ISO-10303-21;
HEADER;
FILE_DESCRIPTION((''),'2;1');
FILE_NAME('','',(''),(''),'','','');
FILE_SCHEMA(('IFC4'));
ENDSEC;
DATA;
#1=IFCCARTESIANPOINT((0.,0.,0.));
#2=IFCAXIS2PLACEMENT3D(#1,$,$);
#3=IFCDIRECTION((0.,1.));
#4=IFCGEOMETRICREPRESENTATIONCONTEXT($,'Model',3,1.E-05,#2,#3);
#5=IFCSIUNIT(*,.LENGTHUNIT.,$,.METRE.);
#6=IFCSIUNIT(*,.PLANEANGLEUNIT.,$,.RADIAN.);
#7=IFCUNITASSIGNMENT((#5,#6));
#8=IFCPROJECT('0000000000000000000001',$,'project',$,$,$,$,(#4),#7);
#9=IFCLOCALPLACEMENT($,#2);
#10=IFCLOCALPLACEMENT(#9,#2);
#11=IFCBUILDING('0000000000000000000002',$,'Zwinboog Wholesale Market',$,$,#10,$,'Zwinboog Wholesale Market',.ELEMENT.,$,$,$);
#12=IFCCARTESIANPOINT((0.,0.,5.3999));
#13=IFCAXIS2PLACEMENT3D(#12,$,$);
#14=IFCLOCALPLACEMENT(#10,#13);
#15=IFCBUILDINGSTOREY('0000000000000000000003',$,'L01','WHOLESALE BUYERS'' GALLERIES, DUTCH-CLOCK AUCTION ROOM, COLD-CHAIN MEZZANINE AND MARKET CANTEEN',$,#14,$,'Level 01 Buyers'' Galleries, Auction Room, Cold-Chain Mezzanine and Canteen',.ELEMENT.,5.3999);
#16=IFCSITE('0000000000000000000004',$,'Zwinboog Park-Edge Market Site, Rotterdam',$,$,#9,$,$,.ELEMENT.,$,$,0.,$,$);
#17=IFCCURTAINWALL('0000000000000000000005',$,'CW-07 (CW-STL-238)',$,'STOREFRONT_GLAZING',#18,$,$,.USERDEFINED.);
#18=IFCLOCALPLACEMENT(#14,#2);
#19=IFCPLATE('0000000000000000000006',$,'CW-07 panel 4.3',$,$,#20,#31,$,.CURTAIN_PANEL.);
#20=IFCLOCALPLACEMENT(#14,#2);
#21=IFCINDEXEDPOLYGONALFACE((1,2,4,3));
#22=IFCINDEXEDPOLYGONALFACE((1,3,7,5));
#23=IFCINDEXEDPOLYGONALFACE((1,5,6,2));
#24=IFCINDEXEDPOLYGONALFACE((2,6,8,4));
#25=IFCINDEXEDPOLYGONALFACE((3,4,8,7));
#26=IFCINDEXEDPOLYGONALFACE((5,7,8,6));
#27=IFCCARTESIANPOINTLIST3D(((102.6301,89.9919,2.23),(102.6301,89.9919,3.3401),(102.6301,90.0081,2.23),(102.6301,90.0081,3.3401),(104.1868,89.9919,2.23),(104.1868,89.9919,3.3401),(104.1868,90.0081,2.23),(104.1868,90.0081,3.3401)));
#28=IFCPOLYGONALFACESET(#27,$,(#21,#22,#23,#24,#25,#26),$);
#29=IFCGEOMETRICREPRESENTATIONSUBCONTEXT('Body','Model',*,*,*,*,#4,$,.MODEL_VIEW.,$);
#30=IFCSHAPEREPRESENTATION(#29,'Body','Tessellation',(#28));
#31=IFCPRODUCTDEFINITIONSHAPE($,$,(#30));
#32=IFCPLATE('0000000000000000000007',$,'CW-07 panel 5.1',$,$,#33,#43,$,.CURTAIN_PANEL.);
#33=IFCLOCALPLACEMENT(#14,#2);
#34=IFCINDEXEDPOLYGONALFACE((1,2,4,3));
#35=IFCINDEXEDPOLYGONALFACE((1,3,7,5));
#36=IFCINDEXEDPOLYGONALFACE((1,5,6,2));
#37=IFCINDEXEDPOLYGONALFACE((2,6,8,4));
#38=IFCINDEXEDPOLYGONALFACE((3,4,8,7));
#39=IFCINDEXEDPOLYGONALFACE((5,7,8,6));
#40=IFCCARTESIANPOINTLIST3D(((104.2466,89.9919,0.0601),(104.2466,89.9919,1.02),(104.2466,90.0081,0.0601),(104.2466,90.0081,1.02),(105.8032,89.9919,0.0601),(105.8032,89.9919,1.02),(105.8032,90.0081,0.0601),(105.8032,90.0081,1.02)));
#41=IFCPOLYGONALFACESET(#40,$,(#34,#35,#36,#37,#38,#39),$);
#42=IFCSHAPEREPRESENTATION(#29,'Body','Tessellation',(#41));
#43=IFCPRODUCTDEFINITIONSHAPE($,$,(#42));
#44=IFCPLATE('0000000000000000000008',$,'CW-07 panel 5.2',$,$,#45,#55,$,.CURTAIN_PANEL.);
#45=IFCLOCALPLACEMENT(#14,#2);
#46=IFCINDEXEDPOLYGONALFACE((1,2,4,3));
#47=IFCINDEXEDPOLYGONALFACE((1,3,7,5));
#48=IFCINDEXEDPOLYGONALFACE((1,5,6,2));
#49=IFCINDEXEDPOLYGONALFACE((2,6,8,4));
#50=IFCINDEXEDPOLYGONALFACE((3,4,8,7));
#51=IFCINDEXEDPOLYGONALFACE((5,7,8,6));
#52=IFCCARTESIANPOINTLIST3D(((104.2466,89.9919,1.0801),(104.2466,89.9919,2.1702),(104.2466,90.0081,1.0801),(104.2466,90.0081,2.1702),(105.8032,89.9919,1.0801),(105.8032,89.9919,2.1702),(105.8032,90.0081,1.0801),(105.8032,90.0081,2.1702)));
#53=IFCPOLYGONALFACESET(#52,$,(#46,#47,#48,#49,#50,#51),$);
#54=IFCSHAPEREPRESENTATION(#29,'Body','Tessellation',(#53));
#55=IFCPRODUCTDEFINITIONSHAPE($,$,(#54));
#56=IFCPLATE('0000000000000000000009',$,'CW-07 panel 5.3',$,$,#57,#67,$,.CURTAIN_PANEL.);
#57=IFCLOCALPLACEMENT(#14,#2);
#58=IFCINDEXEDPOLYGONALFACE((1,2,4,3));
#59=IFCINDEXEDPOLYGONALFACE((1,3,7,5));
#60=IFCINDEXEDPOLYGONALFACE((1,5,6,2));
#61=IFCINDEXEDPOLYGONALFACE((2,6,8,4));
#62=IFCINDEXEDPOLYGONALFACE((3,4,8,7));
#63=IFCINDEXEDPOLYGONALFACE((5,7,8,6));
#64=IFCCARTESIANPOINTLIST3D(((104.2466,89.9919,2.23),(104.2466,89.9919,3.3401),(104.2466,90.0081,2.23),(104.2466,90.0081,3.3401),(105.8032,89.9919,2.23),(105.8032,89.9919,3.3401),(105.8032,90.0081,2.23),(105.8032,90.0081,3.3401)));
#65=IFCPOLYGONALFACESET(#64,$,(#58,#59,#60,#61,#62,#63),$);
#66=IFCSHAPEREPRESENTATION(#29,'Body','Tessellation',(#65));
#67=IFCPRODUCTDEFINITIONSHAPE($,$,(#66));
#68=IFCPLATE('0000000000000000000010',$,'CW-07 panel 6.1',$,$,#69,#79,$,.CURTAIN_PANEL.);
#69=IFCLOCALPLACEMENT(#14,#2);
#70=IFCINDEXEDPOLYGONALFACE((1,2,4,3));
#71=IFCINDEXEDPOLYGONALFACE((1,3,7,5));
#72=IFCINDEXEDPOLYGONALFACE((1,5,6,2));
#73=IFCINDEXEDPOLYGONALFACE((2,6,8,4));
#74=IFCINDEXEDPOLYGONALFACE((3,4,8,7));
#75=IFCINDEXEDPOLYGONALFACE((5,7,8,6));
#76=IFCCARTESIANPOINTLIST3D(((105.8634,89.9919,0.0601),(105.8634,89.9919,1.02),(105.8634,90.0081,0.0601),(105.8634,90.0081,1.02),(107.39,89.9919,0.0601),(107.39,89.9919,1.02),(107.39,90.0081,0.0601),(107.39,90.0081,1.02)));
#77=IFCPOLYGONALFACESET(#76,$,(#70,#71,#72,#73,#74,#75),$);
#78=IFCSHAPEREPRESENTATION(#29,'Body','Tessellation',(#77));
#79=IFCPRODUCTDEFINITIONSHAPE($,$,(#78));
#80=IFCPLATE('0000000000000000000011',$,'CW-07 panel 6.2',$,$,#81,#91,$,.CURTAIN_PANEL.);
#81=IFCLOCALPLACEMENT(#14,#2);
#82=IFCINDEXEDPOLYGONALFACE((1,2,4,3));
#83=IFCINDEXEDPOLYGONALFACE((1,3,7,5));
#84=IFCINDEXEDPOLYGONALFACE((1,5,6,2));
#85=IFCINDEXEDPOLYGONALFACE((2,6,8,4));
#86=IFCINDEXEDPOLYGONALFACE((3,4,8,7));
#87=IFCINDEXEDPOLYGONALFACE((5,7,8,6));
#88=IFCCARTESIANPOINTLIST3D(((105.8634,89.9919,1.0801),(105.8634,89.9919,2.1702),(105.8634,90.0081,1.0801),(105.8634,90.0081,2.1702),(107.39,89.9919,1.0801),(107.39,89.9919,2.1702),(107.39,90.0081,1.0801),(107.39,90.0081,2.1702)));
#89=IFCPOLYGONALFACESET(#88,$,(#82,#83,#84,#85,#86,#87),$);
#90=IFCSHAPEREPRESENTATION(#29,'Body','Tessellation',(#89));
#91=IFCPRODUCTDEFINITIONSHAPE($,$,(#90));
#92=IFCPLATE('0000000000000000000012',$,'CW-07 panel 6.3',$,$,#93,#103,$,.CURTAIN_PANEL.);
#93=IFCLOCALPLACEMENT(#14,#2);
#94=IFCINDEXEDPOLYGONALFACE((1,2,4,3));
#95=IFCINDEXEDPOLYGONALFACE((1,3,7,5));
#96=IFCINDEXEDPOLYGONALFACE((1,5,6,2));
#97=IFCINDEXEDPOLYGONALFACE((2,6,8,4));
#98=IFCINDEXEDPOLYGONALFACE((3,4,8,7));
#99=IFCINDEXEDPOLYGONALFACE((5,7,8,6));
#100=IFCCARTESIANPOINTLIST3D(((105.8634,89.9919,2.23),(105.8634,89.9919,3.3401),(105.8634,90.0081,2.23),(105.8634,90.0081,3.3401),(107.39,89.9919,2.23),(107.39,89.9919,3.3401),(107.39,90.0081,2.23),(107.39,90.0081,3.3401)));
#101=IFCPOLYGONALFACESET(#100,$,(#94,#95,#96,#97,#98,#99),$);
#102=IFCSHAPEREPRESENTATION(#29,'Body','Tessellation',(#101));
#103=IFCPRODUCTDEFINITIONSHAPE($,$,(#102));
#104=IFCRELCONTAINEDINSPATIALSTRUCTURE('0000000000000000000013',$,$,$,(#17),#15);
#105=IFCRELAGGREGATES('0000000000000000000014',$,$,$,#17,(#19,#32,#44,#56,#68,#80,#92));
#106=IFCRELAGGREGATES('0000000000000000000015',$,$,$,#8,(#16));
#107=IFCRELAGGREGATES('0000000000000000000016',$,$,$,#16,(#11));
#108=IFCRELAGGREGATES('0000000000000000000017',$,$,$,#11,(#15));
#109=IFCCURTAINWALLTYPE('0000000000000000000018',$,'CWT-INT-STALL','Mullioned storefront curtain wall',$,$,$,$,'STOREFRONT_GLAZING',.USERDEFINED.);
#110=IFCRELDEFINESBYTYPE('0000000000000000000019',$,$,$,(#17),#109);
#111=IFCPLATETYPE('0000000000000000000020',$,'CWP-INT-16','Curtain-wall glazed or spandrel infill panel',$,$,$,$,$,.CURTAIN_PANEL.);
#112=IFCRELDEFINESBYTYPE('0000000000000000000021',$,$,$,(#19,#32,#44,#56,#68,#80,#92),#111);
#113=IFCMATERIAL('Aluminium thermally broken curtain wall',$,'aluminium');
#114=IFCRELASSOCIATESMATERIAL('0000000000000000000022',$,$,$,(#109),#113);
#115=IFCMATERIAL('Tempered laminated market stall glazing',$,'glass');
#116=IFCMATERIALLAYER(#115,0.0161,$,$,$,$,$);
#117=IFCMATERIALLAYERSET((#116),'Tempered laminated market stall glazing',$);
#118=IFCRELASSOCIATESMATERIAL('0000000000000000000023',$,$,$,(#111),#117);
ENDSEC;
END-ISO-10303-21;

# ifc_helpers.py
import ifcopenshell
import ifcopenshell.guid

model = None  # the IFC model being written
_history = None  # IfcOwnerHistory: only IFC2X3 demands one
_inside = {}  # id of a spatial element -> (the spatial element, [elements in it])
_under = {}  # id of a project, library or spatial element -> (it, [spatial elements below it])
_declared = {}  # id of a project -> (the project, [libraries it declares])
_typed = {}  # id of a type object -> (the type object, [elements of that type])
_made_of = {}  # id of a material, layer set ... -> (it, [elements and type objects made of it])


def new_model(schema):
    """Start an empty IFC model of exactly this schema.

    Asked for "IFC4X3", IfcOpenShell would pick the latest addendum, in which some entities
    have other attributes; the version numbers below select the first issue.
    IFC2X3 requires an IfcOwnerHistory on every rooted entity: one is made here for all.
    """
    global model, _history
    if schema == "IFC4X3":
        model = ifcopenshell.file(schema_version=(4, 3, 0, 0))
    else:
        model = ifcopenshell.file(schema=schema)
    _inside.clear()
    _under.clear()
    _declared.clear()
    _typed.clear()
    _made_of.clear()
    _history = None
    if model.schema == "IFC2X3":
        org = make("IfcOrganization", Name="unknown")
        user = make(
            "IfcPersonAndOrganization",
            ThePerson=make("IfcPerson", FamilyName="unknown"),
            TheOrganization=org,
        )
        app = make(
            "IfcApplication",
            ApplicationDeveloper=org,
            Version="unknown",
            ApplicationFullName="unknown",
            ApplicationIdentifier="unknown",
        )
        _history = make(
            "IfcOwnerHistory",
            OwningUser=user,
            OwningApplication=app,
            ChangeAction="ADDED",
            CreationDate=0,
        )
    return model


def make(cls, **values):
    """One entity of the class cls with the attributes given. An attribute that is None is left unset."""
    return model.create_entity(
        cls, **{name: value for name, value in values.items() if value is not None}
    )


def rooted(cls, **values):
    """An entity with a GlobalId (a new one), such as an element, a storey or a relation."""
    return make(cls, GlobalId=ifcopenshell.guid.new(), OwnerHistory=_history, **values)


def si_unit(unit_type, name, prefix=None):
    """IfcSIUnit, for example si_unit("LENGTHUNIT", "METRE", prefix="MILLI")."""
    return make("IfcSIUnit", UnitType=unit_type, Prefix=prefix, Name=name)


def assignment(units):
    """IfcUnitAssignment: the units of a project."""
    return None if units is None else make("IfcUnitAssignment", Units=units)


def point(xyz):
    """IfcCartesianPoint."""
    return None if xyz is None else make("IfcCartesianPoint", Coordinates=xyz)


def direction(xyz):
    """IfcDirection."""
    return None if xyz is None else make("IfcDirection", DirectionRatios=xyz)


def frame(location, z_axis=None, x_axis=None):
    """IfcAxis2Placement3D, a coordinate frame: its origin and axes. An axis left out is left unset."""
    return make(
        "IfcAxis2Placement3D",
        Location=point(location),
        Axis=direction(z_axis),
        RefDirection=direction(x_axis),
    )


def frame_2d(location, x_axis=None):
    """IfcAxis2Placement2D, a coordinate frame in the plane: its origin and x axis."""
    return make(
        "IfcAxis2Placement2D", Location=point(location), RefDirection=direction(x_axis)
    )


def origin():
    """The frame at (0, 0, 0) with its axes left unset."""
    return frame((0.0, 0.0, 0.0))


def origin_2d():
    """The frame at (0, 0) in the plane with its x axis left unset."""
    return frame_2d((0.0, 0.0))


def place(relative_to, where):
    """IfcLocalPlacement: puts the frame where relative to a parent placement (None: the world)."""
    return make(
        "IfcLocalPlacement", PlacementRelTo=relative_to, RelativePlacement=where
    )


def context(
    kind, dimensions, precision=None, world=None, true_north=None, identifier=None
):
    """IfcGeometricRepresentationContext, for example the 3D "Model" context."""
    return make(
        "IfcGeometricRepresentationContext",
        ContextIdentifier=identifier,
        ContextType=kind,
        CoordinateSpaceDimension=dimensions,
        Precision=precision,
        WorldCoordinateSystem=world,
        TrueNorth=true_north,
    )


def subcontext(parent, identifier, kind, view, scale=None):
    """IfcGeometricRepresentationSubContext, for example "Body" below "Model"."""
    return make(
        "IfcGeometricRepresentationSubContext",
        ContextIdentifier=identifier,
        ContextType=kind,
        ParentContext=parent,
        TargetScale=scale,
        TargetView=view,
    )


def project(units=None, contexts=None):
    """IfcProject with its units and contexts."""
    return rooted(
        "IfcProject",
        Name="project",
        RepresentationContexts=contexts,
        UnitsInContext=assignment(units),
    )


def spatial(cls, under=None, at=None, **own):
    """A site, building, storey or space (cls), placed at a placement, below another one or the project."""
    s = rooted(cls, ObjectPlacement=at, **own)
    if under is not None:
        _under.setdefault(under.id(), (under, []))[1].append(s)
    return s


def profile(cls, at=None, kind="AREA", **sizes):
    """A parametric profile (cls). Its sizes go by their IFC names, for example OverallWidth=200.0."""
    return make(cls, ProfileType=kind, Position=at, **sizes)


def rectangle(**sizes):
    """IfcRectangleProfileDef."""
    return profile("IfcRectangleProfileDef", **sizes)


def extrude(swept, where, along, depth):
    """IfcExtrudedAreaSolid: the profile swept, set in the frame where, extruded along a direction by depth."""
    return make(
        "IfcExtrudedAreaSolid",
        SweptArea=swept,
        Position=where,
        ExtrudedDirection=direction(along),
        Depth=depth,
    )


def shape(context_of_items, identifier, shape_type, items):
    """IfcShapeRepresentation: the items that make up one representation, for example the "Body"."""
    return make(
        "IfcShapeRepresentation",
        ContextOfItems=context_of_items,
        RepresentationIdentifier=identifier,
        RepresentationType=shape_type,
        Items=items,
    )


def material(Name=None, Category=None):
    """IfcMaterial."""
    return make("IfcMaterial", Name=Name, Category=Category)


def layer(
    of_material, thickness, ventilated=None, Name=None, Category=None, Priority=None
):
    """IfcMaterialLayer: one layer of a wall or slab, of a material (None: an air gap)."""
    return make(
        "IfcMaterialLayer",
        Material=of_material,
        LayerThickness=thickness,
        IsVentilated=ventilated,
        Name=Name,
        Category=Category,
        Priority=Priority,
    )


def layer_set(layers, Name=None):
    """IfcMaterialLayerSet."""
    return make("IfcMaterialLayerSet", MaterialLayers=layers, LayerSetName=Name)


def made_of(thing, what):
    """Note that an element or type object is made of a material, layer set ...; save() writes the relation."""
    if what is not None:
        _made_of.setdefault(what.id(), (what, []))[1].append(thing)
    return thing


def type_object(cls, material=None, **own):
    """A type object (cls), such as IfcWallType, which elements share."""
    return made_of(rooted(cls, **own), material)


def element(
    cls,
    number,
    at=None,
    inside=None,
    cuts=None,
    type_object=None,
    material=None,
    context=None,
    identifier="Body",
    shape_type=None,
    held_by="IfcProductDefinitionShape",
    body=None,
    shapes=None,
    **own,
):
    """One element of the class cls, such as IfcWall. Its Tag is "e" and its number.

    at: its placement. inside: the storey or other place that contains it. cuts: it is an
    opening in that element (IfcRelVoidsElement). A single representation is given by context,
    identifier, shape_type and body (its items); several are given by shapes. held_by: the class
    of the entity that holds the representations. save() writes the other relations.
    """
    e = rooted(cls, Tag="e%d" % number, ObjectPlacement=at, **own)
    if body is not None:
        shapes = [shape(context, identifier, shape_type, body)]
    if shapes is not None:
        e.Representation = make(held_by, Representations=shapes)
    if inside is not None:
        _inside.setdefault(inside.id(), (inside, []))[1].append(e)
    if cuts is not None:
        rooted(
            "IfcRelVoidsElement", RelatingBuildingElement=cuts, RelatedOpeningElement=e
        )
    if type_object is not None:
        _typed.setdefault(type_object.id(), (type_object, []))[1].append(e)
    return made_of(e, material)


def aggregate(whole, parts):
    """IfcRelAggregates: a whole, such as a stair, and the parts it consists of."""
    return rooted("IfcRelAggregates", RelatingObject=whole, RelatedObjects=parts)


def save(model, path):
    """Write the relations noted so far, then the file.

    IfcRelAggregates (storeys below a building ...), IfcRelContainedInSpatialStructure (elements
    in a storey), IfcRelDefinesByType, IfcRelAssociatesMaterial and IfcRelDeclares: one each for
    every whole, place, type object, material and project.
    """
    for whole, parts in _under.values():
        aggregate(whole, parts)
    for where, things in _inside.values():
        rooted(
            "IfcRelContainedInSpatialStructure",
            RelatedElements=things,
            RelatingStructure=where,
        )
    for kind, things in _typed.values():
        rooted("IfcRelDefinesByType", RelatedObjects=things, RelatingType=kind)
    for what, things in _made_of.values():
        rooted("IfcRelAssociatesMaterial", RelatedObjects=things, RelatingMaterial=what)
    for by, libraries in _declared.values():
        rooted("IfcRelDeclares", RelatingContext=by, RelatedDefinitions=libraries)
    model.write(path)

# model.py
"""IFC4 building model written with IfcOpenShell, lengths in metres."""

from ifc_helpers import new_model, si_unit, direction, frame, origin, origin_2d, place, context, subcontext, project, spatial, rectangle, extrude, material, layer, layer_set, type_object, element, aggregate, save


model = new_model("IFC4")

# Units and contexts
model_context = context("Model", 3, precision=1e-05, world=origin(), true_north=direction((0.0, 1.0)))
body_context = subcontext(model_context, "Body", "Model", "MODEL_VIEW")
ifc_project = project(units=[si_unit("LENGTHUNIT", "METRE"), si_unit("PLANEANGLEUNIT", "RADIAN")], contexts=[model_context])

# Site, building, storey
site_placement = place(None, origin())
site = spatial("IfcSite", under=ifc_project, at=site_placement, Name="Zwinboog Park-Edge Market Site, Rotterdam", CompositionType="ELEMENT", RefElevation=0.0)
building_placement = place(site_placement, origin())
building = spatial("IfcBuilding", under=site, at=building_placement, Name="Zwinboog Wholesale Market", LongName="Zwinboog Wholesale Market", CompositionType="ELEMENT")
storey_placement = place(building_placement, frame((0.0, 0.0, 5.3999)))
storey = spatial("IfcBuildingStorey", under=building, at=storey_placement, Name="L01", Description="WHOLESALE BUYERS' GALLERIES, DUTCH-CLOCK AUCTION ROOM, COLD-CHAIN MEZZANINE AND MARKET CANTEEN", LongName="Level 01 Buyers' Galleries, Auction Room, Cold-Chain Mezzanine and Canteen", CompositionType="ELEMENT", Elevation=5.3999)

# Curtain wall, plates
ifc_material_1 = material(Name="Aluminium thermally broken curtain wall", Category="aluminium")
curtain_wall_type = type_object("IfcCurtainWallType", Name="CWT-INT-STALL", Description="Mullioned storefront curtain wall", ElementType="STOREFRONT_GLAZING", PredefinedType="USERDEFINED", material=ifc_material_1)
curtain_wall_placement = place(storey_placement, origin())
curtain_wall = element("IfcCurtainWall", 1, at=curtain_wall_placement, inside=storey, type_object=curtain_wall_type, Name="CW-07 (CW-STL-238)", ObjectType="STOREFRONT_GLAZING", PredefinedType="USERDEFINED")
ifc_material_2 = material(Name="Tempered laminated market stall glazing", Category="glass")
ifc_layer = layer(ifc_material_2, 0.0161)
ifc_layer_set = layer_set([ifc_layer], Name="Tempered laminated market stall glazing")
plate_type = type_object("IfcPlateType", Name="CWP-INT-16", Description="Curtain-wall glazed or spandrel infill panel", PredefinedType="CURTAIN_PANEL", material=ifc_layer_set)
plate_1_placement = place(storey_placement, frame((103.4084, 90.0, 2.23), z_axis=(0.0, 0.0, 1.0), x_axis=(1.0, 0.0, 0.0)))
plate_1 = element("IfcPlate", 2, at=plate_1_placement, type_object=plate_type, Name="CW-07 panel 4.3", PredefinedType="CURTAIN_PANEL", context=body_context, shape_type="SweptSolid", body=[
    extrude(rectangle(XDim=1.5566, YDim=0.0161, at=origin_2d()), origin(), (0.0, 0.0, 1.0), 1.1101),
])
plate_2_placement = place(storey_placement, frame((105.0249, 90.0, 0.0601), z_axis=(0.0, 0.0, 1.0), x_axis=(1.0, 0.0, 0.0)))
plate_2 = element("IfcPlate", 3, at=plate_2_placement, type_object=plate_type, Name="CW-07 panel 5.1", PredefinedType="CURTAIN_PANEL", context=body_context, shape_type="SweptSolid", body=[
    extrude(rectangle(XDim=1.5566, YDim=0.0161, at=origin_2d()), origin(), (0.0, 0.0, 1.0), 0.96),
])
plate_3_placement = place(storey_placement, frame((105.0249, 90.0, 1.0801), z_axis=(0.0, 0.0, 1.0), x_axis=(1.0, 0.0, 0.0)))
plate_3 = element("IfcPlate", 4, at=plate_3_placement, type_object=plate_type, Name="CW-07 panel 5.2", PredefinedType="CURTAIN_PANEL", context=body_context, shape_type="SweptSolid", body=[
    extrude(rectangle(XDim=1.5566, YDim=0.0161, at=origin_2d()), origin(), (0.0, 0.0, 1.0), 1.0901),
])
plate_4_placement = place(storey_placement, frame((105.0249, 90.0, 2.23), z_axis=(0.0, 0.0, 1.0), x_axis=(1.0, 0.0, 0.0)))
plate_4 = element("IfcPlate", 5, at=plate_4_placement, type_object=plate_type, Name="CW-07 panel 5.3", PredefinedType="CURTAIN_PANEL", context=body_context, shape_type="SweptSolid", body=[
    extrude(rectangle(XDim=1.5566, YDim=0.0161, at=origin_2d()), origin(), (0.0, 0.0, 1.0), 1.1101),
])
plate_5_placement = place(storey_placement, frame((106.6267, 90.0, 0.0601), z_axis=(0.0, 0.0, 1.0), x_axis=(1.0, 0.0, 0.0)))
plate_5 = element("IfcPlate", 6, at=plate_5_placement, type_object=plate_type, Name="CW-07 panel 6.1", PredefinedType="CURTAIN_PANEL", context=body_context, shape_type="SweptSolid", body=[
    extrude(rectangle(XDim=1.5266, YDim=0.0161, at=origin_2d()), origin(), (0.0, 0.0, 1.0), 0.96),
])
plate_6_placement = place(storey_placement, frame((106.6267, 90.0, 1.0801), z_axis=(0.0, 0.0, 1.0), x_axis=(1.0, 0.0, 0.0)))
plate_6 = element("IfcPlate", 7, at=plate_6_placement, type_object=plate_type, Name="CW-07 panel 6.2", PredefinedType="CURTAIN_PANEL", context=body_context, shape_type="SweptSolid", body=[
    extrude(rectangle(XDim=1.5266, YDim=0.0161, at=origin_2d()), origin(), (0.0, 0.0, 1.0), 1.0901),
])
plate_7_placement = place(storey_placement, frame((106.6267, 90.0, 2.23), z_axis=(0.0, 0.0, 1.0), x_axis=(1.0, 0.0, 0.0)))
plate_7 = element("IfcPlate", 8, at=plate_7_placement, type_object=plate_type, Name="CW-07 panel 6.3", PredefinedType="CURTAIN_PANEL", context=body_context, shape_type="SweptSolid", body=[
    extrude(rectangle(XDim=1.5266, YDim=0.0161, at=origin_2d()), origin(), (0.0, 0.0, 1.0), 1.1101),
])
aggregate(curtain_wall, [plate_1, plate_2, plate_3, plate_4, plate_5, plate_6, plate_7])

save(model, "model.ifc")
